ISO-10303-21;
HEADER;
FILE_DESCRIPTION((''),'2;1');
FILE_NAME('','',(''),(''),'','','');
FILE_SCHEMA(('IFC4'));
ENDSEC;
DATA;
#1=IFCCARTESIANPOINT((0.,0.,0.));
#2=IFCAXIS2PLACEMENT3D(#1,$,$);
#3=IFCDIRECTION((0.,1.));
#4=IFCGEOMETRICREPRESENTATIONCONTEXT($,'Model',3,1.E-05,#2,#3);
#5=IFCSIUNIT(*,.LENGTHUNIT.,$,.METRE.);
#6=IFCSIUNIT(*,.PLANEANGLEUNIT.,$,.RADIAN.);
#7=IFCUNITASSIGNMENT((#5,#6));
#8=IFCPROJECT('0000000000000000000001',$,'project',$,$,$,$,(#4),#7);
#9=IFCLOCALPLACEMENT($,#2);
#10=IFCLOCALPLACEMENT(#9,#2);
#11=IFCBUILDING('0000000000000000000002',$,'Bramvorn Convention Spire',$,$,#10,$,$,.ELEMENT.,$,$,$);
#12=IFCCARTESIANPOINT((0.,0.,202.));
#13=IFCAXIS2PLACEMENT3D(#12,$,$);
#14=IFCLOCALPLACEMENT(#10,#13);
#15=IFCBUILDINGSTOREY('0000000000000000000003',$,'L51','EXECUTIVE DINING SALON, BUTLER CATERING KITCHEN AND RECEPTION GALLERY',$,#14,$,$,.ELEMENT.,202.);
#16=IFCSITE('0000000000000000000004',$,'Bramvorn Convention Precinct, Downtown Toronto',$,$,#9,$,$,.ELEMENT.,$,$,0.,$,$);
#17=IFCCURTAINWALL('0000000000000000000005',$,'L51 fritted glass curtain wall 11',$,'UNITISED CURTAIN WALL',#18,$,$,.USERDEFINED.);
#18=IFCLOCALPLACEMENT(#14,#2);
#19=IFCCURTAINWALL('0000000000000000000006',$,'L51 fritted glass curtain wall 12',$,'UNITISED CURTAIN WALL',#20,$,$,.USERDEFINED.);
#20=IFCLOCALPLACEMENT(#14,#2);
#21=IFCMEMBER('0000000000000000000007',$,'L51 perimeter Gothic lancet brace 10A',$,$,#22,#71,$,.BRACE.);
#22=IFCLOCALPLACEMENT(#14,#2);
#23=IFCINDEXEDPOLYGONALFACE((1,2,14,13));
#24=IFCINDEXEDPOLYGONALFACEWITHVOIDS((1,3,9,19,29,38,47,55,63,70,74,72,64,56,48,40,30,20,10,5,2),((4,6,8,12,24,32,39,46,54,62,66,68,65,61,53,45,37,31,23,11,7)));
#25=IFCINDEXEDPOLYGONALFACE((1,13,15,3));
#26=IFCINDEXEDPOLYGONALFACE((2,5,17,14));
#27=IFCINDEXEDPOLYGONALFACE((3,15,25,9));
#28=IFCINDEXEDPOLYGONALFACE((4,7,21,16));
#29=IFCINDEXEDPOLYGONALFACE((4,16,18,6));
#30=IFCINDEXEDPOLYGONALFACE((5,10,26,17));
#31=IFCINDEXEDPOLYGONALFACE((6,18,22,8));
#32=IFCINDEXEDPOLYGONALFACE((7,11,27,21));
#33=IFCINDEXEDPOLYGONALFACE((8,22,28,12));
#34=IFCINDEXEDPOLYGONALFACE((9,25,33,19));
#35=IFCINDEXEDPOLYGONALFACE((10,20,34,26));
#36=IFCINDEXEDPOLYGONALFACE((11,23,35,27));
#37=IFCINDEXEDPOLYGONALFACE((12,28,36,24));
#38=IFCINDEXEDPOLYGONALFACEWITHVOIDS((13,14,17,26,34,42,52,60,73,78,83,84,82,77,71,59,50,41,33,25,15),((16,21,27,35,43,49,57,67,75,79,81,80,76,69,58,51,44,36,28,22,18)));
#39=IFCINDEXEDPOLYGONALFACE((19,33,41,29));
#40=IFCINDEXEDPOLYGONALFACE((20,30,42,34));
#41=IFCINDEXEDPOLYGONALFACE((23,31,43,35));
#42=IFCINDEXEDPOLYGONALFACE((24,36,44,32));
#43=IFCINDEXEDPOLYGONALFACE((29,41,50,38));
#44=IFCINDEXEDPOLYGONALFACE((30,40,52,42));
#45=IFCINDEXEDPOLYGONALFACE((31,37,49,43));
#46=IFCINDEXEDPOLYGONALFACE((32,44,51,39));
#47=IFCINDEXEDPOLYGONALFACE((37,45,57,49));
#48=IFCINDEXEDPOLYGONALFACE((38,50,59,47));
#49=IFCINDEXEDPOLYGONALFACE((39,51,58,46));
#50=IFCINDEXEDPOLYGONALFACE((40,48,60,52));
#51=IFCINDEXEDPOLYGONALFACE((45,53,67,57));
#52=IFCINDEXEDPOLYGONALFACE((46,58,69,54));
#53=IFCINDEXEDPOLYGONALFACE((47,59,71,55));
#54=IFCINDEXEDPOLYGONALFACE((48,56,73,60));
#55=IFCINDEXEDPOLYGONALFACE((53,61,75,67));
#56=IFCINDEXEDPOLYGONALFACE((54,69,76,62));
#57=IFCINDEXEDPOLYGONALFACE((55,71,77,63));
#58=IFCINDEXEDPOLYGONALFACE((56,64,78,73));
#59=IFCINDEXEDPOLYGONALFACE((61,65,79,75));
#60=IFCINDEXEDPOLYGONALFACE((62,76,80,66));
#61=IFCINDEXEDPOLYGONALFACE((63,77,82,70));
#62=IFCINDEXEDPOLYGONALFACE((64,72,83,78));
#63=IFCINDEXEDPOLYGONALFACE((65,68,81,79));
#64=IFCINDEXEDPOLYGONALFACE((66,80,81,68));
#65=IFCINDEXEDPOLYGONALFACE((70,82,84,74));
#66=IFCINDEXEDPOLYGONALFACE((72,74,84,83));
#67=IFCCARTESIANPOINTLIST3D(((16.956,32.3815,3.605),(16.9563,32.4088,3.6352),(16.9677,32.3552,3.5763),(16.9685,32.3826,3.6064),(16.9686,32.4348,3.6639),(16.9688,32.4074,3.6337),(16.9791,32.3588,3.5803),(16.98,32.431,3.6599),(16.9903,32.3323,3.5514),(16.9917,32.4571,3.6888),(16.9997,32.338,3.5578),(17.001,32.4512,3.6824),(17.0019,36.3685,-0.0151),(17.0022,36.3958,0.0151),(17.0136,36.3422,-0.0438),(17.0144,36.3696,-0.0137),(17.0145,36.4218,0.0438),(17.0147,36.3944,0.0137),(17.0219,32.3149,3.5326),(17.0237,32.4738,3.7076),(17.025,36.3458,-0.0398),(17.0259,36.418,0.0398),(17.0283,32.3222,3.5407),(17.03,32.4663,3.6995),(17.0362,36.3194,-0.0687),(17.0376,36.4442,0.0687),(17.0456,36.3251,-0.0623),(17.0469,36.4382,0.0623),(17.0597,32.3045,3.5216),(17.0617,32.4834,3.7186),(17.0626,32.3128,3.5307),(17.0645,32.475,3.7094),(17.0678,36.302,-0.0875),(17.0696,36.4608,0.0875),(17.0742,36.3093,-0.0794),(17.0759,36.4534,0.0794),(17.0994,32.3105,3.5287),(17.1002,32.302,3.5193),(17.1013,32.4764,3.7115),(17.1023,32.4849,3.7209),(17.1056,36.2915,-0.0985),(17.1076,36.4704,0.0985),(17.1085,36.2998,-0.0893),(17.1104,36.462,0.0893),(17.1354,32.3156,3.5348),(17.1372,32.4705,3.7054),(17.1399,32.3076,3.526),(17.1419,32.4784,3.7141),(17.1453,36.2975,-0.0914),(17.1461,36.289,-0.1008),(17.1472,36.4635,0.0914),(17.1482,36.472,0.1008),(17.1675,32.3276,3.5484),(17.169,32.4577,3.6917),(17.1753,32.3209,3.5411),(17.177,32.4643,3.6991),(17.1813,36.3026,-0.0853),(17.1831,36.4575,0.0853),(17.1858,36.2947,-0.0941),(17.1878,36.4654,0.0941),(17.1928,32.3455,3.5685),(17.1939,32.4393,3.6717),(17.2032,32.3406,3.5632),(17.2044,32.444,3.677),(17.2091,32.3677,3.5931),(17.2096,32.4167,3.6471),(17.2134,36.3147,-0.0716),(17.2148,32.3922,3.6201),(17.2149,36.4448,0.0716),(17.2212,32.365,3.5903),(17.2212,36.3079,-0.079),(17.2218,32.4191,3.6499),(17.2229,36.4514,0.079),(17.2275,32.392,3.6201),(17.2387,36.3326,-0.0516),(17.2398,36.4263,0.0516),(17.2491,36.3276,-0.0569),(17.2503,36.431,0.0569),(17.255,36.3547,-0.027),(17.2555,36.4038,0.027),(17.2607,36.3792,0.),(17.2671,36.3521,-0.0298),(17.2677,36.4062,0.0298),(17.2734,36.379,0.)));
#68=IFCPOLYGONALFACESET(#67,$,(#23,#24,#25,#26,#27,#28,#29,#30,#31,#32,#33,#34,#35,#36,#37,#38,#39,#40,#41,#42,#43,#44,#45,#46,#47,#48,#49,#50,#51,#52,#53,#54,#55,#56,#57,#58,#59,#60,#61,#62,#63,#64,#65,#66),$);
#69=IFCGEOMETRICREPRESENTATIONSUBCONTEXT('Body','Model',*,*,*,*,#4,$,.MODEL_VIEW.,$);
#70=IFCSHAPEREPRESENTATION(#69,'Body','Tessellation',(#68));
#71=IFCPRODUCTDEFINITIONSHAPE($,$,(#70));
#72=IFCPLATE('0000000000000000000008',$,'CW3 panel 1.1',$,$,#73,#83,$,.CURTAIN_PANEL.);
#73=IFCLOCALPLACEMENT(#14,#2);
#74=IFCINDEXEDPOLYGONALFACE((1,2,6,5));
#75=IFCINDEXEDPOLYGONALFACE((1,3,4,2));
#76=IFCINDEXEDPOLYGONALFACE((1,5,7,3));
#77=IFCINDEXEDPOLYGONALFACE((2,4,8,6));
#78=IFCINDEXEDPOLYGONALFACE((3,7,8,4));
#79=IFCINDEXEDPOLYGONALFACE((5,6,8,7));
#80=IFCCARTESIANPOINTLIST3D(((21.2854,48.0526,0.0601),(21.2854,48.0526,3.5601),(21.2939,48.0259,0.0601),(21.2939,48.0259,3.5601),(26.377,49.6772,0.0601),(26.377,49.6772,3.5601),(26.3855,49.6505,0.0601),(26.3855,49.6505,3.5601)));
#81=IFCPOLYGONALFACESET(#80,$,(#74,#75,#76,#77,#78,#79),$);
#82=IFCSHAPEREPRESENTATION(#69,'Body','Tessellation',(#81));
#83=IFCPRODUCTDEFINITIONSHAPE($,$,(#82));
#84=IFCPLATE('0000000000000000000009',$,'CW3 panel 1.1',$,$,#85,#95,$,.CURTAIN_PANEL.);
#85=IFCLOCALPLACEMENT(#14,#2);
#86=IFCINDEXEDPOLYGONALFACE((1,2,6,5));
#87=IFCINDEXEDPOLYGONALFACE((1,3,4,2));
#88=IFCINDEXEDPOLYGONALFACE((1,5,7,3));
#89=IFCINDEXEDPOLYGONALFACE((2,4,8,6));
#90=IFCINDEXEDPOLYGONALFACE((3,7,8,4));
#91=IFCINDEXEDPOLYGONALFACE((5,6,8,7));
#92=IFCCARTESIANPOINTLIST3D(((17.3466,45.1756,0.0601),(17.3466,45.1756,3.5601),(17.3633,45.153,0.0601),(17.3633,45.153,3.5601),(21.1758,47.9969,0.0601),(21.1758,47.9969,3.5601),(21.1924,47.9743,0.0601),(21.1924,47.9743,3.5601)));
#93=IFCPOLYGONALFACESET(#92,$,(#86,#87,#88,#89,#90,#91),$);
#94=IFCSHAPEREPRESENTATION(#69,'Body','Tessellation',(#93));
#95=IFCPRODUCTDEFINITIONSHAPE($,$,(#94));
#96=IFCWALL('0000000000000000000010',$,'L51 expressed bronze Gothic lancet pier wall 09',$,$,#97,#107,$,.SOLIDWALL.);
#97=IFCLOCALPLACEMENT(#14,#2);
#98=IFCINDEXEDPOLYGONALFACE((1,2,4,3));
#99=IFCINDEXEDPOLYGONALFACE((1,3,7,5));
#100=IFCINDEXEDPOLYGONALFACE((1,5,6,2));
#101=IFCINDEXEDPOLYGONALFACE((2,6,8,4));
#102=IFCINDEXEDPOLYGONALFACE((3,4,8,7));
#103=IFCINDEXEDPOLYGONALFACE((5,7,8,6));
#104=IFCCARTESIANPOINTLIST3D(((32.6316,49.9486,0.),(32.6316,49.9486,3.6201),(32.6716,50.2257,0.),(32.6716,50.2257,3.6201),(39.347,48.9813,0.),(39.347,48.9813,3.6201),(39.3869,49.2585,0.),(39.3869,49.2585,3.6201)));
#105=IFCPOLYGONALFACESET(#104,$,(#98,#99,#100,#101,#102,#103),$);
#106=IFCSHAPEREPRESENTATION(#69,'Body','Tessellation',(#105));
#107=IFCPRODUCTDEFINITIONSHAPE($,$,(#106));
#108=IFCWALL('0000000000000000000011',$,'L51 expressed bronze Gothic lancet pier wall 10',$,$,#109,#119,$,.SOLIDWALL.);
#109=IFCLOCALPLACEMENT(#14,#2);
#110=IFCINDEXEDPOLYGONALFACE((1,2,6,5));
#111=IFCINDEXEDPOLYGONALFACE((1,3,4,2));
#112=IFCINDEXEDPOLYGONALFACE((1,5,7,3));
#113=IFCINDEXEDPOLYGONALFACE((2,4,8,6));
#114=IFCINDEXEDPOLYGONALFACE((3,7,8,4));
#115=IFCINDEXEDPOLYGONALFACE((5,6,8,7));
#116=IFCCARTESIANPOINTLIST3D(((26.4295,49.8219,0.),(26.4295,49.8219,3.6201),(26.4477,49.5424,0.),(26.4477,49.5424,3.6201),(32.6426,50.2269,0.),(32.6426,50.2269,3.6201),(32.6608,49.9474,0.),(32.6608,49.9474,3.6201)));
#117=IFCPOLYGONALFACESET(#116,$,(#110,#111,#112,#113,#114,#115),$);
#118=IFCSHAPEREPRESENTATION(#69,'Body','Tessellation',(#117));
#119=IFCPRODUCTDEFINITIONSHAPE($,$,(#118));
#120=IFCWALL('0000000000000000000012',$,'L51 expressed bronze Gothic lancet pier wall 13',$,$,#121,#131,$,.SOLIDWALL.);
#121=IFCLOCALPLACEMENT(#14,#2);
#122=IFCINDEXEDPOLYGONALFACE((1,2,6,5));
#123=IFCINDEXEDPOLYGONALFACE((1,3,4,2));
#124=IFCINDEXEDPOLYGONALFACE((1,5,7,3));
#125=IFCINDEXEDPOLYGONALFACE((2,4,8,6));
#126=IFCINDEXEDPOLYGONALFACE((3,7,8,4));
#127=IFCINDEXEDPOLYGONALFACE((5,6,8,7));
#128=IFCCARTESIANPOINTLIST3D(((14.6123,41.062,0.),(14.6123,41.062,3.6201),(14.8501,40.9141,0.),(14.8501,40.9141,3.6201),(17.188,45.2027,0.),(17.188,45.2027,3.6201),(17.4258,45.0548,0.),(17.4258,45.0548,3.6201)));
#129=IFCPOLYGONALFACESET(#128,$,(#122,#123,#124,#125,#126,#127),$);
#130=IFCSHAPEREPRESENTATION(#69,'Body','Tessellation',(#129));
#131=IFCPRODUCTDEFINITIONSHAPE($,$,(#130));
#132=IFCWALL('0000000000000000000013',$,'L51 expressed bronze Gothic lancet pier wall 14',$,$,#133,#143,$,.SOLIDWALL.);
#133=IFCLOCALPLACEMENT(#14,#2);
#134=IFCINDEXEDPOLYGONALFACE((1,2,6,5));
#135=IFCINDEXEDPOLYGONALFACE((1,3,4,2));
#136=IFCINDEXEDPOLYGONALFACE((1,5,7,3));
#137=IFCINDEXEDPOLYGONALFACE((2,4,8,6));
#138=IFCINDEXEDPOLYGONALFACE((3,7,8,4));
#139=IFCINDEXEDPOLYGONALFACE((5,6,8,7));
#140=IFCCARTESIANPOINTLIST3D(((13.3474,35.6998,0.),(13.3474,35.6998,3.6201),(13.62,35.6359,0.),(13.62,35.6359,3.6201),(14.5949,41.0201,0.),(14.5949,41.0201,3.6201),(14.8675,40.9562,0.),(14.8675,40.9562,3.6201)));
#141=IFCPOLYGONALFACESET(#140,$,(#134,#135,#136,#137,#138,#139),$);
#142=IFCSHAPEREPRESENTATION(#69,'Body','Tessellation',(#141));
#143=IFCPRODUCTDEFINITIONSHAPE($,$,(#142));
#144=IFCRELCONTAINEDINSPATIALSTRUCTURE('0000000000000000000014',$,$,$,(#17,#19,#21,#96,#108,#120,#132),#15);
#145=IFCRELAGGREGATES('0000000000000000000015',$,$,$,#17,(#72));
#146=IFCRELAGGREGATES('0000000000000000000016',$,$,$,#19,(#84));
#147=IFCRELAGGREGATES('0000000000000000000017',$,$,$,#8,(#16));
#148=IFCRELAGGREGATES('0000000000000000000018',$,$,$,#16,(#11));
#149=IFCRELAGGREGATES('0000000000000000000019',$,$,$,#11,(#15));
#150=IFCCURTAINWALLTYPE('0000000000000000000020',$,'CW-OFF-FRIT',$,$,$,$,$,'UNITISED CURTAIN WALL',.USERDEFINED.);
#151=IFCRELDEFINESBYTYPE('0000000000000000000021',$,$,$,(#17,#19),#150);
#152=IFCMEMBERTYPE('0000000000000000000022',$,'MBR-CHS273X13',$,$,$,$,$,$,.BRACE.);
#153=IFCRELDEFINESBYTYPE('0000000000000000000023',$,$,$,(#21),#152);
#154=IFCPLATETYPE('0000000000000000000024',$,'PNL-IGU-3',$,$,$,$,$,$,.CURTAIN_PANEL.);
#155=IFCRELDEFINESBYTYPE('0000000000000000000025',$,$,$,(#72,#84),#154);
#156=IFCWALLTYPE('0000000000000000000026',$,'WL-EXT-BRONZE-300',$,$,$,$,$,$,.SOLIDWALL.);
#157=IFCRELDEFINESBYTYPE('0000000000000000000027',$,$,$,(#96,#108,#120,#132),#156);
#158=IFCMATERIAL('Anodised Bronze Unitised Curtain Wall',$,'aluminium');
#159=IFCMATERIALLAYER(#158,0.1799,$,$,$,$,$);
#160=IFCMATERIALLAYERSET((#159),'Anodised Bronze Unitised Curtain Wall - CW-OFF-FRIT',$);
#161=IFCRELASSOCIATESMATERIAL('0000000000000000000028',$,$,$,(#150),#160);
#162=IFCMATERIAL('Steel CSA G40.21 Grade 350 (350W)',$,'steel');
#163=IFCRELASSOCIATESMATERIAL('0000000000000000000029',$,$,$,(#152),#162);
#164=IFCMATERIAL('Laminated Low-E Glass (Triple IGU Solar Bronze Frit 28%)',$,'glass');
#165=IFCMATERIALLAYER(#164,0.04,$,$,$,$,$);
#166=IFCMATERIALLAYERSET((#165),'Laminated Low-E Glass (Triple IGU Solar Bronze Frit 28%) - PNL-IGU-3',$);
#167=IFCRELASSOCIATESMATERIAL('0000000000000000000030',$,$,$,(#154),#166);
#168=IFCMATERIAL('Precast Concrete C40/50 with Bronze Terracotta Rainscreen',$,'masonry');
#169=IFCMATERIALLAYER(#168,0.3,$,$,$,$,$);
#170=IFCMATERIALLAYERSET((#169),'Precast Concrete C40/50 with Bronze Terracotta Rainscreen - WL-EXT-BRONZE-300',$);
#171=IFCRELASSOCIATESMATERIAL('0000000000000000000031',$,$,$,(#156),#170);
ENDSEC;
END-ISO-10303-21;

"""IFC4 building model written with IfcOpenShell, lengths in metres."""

from ifc_helpers import new_model, si_unit, direction, frame, frame_2d, origin, origin_2d, place, context, subcontext, project, spatial, rectangle, hollow_circle, extrude, material, layer, layer_set, material_profile, profile_set, type_object, element, aggregate, save


model = new_model("IFC4")

# Units and contexts
model_context = context("Model", 3, precision=1e-05, world=origin(), true_north=direction((0.0, 1.0)))
body_context = subcontext(model_context, "Body", "Model", "MODEL_VIEW")
ifc_project = project(units=[si_unit("LENGTHUNIT", "METRE"), si_unit("PLANEANGLEUNIT", "RADIAN")], contexts=[model_context])

# Site, building, storey
site_placement = place(None, origin())
site = spatial("IfcSite", under=ifc_project, at=site_placement, Name="Bramvorn Convention Precinct, Downtown Toronto", CompositionType="ELEMENT", RefElevation=0.0)
building_placement = place(site_placement, origin())
building = spatial("IfcBuilding", under=site, at=building_placement, Name="Bramvorn Convention Spire", CompositionType="ELEMENT")
storey_placement = place(building_placement, frame((0.0, 0.0, 202.0)))
storey = spatial("IfcBuildingStorey", under=building, at=storey_placement, Name="L51", Description="EXECUTIVE DINING SALON, BUTLER CATERING KITCHEN AND RECEPTION GALLERY", CompositionType="ELEMENT", Elevation=202.0)

# Shared definitions
ifc_material_1 = material(Name="Steel CSA G40.21 Grade 350 (350W)", Category="steel")

# Curtain walls
ifc_material_2 = material(Name="Anodised Bronze Unitised Curtain Wall", Category="aluminium")
ifc_layer_1 = layer(ifc_material_2, 0.1799)
ifc_layer_set_1 = layer_set([ifc_layer_1], Name="Anodised Bronze Unitised Curtain Wall - CW-OFF-FRIT")
curtain_wall_type = type_object("IfcCurtainWallType", Name="CW-OFF-FRIT", ElementType="UNITISED CURTAIN WALL", PredefinedType="USERDEFINED", material=ifc_layer_set_1)
curtain_wall_1_placement = place(storey_placement, origin())
curtain_wall_1 = element("IfcCurtainWall", 1, at=curtain_wall_1_placement, inside=storey, type_object=curtain_wall_type, Name="L51 fritted glass curtain wall 11", ObjectType="UNITISED CURTAIN WALL", PredefinedType="USERDEFINED")
curtain_wall_2_placement = place(storey_placement, origin())
curtain_wall_2 = element("IfcCurtainWall", 2, at=curtain_wall_2_placement, inside=storey, type_object=curtain_wall_type, Name="L51 fritted glass curtain wall 12", ObjectType="UNITISED CURTAIN WALL", PredefinedType="USERDEFINED")

# Member
ifc_material_profile_1 = material_profile(ifc_material_1, hollow_circle(Radius=0.1365, WallThickness=0.0127, at=origin_2d()))
ifc_profile_set_1 = profile_set([ifc_material_profile_1], Name="Steel CSA G40.21 Grade 350 (350W) - CHS273X13")
member_type_1 = type_object("IfcMemberType", Name="MBR-CHS273X13", PredefinedType="BRACE", material=ifc_profile_set_1)
member_1_placement = place(storey_placement, frame((17.137, 36.3806, 0.0), z_axis=(-0.008523, -0.740327, 0.672192), x_axis=(0.999934, -0.011511, 0.0)))
element("IfcMember", 3, at=member_1_placement, inside=storey, type_object=member_type_1, Name="L51 perimeter Gothic lancet brace 10A", PredefinedType="BRACE", context=body_context, shape_type="SweptSolid", body=[
    extrude(hollow_circle(Radius=0.1365, WallThickness=0.0127, at=origin_2d()), origin(), (0.0, 0.0, 1.0), 5.3855),
])

# Plates
ifc_material_3 = material(Name="Laminated Low-E Glass (Triple IGU Solar Bronze Frit 28%)", Category="glass")
ifc_layer_2 = layer(ifc_material_3, 0.04)
ifc_layer_set_2 = layer_set([ifc_layer_2], Name="Laminated Low-E Glass (Triple IGU Solar Bronze Frit 28%) - PNL-IGU-3")
plate_type = type_object("IfcPlateType", Name="PNL-IGU-3", PredefinedType="CURTAIN_PANEL", material=ifc_layer_set_2)
plate_1_placement = place(storey_placement, frame((23.8354, 48.8516, 0.0601), z_axis=(0.0, 0.0, 1.0), x_axis=(0.95268, 0.303976, 0.0)))
plate_1 = element("IfcPlate", 4, at=plate_1_placement, type_object=plate_type, Name="CW3 panel 1.1", PredefinedType="CURTAIN_PANEL", context=body_context, shape_type="SweptSolid", body=[
    extrude(rectangle(XDim=5.3445, YDim=0.0281, at=origin_2d()), origin(), (0.0, 0.0, 1.0), 3.5),
])
aggregate(curtain_wall_1, [plate_1])
plate_2_placement = place(storey_placement, frame((19.2695, 46.575, 0.0601), z_axis=(0.0, 0.0, 1.0), x_axis=(0.805068, 0.593183, 0.0)))
plate_2 = element("IfcPlate", 5, at=plate_2_placement, type_object=plate_type, Name="CW3 panel 1.1", PredefinedType="CURTAIN_PANEL", context=body_context, shape_type="SweptSolid", body=[
    extrude(rectangle(XDim=4.7563, YDim=0.0281, at=origin_2d()), origin(), (0.0, 0.0, 1.0), 3.5),
])
aggregate(curtain_wall_2, [plate_2])

# Walls
ifc_material_4 = material(Name="Precast Concrete C40/50 with Bronze Terracotta Rainscreen", Category="masonry")
ifc_layer_3 = layer(ifc_material_4, 0.3)
ifc_layer_set_3 = layer_set([ifc_layer_3], Name="Precast Concrete C40/50 with Bronze Terracotta Rainscreen - WL-EXT-BRONZE-300")
wall_type_1 = type_object("IfcWallType", Name="WL-EXT-BRONZE-300", PredefinedType="SOLIDWALL", material=ifc_layer_set_3)
wall_1_placement = place(storey_placement, frame((32.6516, 50.0872, 0.0), z_axis=(0.0, 0.0, 1.0), x_axis=(0.989785, -0.14257, 0.0)))
element("IfcWall", 6, at=wall_1_placement, inside=storey, type_object=wall_type_1, Name="L51 expressed bronze Gothic lancet pier wall 09", PredefinedType="SOLIDWALL", context=body_context, shape_type="SweptSolid", body=[
    extrude(rectangle(XDim=6.7847, YDim=0.28, at=frame_2d((3.3923, 0.0))), origin(), (0.0, 0.0, 1.0), 3.6201),
])
wall_2_placement = place(storey_placement, frame((26.4385, 49.6821, 0.0), z_axis=(0.0, 0.0, 1.0), x_axis=(0.997882, 0.065051, 0.0)))
element("IfcWall", 7, at=wall_2_placement, inside=storey, type_object=wall_type_1, Name="L51 expressed bronze Gothic lancet pier wall 10", PredefinedType="SOLIDWALL", context=body_context, shape_type="SweptSolid", body=[
    extrude(rectangle(XDim=6.2263, YDim=0.28, at=frame_2d((3.1133, 0.0))), origin(), (0.0, 0.0, 1.0), 3.6201),
])
wall_3_placement = place(storey_placement, frame((14.7312, 40.988, 0.0), z_axis=(0.0, 0.0, 1.0), x_axis=(0.528198, 0.849121, 0.0)))
element("IfcWall", 8, at=wall_3_placement, inside=storey, type_object=wall_type_1, Name="L51 expressed bronze Gothic lancet pier wall 13", PredefinedType="SOLIDWALL", context=body_context, shape_type="SweptSolid", body=[
    extrude(rectangle(XDim=4.8765, YDim=0.28, at=frame_2d((2.4382, 0.0))), origin(), (0.0, 0.0, 1.0), 3.6201),
])
wall_4_placement = place(storey_placement, frame((13.4836, 35.6677, 0.0), z_axis=(0.0, 0.0, 1.0), x_axis=(0.228297, 0.973591, 0.0)))
element("IfcWall", 9, at=wall_4_placement, inside=storey, type_object=wall_type_1, Name="L51 expressed bronze Gothic lancet pier wall 14", PredefinedType="SOLIDWALL", context=body_context, shape_type="SweptSolid", body=[
    extrude(rectangle(XDim=5.4646, YDim=0.28, at=frame_2d((2.7324, 0.0))), origin(), (0.0, 0.0, 1.0), 3.6201),
])

save(model, "model.ifc")
